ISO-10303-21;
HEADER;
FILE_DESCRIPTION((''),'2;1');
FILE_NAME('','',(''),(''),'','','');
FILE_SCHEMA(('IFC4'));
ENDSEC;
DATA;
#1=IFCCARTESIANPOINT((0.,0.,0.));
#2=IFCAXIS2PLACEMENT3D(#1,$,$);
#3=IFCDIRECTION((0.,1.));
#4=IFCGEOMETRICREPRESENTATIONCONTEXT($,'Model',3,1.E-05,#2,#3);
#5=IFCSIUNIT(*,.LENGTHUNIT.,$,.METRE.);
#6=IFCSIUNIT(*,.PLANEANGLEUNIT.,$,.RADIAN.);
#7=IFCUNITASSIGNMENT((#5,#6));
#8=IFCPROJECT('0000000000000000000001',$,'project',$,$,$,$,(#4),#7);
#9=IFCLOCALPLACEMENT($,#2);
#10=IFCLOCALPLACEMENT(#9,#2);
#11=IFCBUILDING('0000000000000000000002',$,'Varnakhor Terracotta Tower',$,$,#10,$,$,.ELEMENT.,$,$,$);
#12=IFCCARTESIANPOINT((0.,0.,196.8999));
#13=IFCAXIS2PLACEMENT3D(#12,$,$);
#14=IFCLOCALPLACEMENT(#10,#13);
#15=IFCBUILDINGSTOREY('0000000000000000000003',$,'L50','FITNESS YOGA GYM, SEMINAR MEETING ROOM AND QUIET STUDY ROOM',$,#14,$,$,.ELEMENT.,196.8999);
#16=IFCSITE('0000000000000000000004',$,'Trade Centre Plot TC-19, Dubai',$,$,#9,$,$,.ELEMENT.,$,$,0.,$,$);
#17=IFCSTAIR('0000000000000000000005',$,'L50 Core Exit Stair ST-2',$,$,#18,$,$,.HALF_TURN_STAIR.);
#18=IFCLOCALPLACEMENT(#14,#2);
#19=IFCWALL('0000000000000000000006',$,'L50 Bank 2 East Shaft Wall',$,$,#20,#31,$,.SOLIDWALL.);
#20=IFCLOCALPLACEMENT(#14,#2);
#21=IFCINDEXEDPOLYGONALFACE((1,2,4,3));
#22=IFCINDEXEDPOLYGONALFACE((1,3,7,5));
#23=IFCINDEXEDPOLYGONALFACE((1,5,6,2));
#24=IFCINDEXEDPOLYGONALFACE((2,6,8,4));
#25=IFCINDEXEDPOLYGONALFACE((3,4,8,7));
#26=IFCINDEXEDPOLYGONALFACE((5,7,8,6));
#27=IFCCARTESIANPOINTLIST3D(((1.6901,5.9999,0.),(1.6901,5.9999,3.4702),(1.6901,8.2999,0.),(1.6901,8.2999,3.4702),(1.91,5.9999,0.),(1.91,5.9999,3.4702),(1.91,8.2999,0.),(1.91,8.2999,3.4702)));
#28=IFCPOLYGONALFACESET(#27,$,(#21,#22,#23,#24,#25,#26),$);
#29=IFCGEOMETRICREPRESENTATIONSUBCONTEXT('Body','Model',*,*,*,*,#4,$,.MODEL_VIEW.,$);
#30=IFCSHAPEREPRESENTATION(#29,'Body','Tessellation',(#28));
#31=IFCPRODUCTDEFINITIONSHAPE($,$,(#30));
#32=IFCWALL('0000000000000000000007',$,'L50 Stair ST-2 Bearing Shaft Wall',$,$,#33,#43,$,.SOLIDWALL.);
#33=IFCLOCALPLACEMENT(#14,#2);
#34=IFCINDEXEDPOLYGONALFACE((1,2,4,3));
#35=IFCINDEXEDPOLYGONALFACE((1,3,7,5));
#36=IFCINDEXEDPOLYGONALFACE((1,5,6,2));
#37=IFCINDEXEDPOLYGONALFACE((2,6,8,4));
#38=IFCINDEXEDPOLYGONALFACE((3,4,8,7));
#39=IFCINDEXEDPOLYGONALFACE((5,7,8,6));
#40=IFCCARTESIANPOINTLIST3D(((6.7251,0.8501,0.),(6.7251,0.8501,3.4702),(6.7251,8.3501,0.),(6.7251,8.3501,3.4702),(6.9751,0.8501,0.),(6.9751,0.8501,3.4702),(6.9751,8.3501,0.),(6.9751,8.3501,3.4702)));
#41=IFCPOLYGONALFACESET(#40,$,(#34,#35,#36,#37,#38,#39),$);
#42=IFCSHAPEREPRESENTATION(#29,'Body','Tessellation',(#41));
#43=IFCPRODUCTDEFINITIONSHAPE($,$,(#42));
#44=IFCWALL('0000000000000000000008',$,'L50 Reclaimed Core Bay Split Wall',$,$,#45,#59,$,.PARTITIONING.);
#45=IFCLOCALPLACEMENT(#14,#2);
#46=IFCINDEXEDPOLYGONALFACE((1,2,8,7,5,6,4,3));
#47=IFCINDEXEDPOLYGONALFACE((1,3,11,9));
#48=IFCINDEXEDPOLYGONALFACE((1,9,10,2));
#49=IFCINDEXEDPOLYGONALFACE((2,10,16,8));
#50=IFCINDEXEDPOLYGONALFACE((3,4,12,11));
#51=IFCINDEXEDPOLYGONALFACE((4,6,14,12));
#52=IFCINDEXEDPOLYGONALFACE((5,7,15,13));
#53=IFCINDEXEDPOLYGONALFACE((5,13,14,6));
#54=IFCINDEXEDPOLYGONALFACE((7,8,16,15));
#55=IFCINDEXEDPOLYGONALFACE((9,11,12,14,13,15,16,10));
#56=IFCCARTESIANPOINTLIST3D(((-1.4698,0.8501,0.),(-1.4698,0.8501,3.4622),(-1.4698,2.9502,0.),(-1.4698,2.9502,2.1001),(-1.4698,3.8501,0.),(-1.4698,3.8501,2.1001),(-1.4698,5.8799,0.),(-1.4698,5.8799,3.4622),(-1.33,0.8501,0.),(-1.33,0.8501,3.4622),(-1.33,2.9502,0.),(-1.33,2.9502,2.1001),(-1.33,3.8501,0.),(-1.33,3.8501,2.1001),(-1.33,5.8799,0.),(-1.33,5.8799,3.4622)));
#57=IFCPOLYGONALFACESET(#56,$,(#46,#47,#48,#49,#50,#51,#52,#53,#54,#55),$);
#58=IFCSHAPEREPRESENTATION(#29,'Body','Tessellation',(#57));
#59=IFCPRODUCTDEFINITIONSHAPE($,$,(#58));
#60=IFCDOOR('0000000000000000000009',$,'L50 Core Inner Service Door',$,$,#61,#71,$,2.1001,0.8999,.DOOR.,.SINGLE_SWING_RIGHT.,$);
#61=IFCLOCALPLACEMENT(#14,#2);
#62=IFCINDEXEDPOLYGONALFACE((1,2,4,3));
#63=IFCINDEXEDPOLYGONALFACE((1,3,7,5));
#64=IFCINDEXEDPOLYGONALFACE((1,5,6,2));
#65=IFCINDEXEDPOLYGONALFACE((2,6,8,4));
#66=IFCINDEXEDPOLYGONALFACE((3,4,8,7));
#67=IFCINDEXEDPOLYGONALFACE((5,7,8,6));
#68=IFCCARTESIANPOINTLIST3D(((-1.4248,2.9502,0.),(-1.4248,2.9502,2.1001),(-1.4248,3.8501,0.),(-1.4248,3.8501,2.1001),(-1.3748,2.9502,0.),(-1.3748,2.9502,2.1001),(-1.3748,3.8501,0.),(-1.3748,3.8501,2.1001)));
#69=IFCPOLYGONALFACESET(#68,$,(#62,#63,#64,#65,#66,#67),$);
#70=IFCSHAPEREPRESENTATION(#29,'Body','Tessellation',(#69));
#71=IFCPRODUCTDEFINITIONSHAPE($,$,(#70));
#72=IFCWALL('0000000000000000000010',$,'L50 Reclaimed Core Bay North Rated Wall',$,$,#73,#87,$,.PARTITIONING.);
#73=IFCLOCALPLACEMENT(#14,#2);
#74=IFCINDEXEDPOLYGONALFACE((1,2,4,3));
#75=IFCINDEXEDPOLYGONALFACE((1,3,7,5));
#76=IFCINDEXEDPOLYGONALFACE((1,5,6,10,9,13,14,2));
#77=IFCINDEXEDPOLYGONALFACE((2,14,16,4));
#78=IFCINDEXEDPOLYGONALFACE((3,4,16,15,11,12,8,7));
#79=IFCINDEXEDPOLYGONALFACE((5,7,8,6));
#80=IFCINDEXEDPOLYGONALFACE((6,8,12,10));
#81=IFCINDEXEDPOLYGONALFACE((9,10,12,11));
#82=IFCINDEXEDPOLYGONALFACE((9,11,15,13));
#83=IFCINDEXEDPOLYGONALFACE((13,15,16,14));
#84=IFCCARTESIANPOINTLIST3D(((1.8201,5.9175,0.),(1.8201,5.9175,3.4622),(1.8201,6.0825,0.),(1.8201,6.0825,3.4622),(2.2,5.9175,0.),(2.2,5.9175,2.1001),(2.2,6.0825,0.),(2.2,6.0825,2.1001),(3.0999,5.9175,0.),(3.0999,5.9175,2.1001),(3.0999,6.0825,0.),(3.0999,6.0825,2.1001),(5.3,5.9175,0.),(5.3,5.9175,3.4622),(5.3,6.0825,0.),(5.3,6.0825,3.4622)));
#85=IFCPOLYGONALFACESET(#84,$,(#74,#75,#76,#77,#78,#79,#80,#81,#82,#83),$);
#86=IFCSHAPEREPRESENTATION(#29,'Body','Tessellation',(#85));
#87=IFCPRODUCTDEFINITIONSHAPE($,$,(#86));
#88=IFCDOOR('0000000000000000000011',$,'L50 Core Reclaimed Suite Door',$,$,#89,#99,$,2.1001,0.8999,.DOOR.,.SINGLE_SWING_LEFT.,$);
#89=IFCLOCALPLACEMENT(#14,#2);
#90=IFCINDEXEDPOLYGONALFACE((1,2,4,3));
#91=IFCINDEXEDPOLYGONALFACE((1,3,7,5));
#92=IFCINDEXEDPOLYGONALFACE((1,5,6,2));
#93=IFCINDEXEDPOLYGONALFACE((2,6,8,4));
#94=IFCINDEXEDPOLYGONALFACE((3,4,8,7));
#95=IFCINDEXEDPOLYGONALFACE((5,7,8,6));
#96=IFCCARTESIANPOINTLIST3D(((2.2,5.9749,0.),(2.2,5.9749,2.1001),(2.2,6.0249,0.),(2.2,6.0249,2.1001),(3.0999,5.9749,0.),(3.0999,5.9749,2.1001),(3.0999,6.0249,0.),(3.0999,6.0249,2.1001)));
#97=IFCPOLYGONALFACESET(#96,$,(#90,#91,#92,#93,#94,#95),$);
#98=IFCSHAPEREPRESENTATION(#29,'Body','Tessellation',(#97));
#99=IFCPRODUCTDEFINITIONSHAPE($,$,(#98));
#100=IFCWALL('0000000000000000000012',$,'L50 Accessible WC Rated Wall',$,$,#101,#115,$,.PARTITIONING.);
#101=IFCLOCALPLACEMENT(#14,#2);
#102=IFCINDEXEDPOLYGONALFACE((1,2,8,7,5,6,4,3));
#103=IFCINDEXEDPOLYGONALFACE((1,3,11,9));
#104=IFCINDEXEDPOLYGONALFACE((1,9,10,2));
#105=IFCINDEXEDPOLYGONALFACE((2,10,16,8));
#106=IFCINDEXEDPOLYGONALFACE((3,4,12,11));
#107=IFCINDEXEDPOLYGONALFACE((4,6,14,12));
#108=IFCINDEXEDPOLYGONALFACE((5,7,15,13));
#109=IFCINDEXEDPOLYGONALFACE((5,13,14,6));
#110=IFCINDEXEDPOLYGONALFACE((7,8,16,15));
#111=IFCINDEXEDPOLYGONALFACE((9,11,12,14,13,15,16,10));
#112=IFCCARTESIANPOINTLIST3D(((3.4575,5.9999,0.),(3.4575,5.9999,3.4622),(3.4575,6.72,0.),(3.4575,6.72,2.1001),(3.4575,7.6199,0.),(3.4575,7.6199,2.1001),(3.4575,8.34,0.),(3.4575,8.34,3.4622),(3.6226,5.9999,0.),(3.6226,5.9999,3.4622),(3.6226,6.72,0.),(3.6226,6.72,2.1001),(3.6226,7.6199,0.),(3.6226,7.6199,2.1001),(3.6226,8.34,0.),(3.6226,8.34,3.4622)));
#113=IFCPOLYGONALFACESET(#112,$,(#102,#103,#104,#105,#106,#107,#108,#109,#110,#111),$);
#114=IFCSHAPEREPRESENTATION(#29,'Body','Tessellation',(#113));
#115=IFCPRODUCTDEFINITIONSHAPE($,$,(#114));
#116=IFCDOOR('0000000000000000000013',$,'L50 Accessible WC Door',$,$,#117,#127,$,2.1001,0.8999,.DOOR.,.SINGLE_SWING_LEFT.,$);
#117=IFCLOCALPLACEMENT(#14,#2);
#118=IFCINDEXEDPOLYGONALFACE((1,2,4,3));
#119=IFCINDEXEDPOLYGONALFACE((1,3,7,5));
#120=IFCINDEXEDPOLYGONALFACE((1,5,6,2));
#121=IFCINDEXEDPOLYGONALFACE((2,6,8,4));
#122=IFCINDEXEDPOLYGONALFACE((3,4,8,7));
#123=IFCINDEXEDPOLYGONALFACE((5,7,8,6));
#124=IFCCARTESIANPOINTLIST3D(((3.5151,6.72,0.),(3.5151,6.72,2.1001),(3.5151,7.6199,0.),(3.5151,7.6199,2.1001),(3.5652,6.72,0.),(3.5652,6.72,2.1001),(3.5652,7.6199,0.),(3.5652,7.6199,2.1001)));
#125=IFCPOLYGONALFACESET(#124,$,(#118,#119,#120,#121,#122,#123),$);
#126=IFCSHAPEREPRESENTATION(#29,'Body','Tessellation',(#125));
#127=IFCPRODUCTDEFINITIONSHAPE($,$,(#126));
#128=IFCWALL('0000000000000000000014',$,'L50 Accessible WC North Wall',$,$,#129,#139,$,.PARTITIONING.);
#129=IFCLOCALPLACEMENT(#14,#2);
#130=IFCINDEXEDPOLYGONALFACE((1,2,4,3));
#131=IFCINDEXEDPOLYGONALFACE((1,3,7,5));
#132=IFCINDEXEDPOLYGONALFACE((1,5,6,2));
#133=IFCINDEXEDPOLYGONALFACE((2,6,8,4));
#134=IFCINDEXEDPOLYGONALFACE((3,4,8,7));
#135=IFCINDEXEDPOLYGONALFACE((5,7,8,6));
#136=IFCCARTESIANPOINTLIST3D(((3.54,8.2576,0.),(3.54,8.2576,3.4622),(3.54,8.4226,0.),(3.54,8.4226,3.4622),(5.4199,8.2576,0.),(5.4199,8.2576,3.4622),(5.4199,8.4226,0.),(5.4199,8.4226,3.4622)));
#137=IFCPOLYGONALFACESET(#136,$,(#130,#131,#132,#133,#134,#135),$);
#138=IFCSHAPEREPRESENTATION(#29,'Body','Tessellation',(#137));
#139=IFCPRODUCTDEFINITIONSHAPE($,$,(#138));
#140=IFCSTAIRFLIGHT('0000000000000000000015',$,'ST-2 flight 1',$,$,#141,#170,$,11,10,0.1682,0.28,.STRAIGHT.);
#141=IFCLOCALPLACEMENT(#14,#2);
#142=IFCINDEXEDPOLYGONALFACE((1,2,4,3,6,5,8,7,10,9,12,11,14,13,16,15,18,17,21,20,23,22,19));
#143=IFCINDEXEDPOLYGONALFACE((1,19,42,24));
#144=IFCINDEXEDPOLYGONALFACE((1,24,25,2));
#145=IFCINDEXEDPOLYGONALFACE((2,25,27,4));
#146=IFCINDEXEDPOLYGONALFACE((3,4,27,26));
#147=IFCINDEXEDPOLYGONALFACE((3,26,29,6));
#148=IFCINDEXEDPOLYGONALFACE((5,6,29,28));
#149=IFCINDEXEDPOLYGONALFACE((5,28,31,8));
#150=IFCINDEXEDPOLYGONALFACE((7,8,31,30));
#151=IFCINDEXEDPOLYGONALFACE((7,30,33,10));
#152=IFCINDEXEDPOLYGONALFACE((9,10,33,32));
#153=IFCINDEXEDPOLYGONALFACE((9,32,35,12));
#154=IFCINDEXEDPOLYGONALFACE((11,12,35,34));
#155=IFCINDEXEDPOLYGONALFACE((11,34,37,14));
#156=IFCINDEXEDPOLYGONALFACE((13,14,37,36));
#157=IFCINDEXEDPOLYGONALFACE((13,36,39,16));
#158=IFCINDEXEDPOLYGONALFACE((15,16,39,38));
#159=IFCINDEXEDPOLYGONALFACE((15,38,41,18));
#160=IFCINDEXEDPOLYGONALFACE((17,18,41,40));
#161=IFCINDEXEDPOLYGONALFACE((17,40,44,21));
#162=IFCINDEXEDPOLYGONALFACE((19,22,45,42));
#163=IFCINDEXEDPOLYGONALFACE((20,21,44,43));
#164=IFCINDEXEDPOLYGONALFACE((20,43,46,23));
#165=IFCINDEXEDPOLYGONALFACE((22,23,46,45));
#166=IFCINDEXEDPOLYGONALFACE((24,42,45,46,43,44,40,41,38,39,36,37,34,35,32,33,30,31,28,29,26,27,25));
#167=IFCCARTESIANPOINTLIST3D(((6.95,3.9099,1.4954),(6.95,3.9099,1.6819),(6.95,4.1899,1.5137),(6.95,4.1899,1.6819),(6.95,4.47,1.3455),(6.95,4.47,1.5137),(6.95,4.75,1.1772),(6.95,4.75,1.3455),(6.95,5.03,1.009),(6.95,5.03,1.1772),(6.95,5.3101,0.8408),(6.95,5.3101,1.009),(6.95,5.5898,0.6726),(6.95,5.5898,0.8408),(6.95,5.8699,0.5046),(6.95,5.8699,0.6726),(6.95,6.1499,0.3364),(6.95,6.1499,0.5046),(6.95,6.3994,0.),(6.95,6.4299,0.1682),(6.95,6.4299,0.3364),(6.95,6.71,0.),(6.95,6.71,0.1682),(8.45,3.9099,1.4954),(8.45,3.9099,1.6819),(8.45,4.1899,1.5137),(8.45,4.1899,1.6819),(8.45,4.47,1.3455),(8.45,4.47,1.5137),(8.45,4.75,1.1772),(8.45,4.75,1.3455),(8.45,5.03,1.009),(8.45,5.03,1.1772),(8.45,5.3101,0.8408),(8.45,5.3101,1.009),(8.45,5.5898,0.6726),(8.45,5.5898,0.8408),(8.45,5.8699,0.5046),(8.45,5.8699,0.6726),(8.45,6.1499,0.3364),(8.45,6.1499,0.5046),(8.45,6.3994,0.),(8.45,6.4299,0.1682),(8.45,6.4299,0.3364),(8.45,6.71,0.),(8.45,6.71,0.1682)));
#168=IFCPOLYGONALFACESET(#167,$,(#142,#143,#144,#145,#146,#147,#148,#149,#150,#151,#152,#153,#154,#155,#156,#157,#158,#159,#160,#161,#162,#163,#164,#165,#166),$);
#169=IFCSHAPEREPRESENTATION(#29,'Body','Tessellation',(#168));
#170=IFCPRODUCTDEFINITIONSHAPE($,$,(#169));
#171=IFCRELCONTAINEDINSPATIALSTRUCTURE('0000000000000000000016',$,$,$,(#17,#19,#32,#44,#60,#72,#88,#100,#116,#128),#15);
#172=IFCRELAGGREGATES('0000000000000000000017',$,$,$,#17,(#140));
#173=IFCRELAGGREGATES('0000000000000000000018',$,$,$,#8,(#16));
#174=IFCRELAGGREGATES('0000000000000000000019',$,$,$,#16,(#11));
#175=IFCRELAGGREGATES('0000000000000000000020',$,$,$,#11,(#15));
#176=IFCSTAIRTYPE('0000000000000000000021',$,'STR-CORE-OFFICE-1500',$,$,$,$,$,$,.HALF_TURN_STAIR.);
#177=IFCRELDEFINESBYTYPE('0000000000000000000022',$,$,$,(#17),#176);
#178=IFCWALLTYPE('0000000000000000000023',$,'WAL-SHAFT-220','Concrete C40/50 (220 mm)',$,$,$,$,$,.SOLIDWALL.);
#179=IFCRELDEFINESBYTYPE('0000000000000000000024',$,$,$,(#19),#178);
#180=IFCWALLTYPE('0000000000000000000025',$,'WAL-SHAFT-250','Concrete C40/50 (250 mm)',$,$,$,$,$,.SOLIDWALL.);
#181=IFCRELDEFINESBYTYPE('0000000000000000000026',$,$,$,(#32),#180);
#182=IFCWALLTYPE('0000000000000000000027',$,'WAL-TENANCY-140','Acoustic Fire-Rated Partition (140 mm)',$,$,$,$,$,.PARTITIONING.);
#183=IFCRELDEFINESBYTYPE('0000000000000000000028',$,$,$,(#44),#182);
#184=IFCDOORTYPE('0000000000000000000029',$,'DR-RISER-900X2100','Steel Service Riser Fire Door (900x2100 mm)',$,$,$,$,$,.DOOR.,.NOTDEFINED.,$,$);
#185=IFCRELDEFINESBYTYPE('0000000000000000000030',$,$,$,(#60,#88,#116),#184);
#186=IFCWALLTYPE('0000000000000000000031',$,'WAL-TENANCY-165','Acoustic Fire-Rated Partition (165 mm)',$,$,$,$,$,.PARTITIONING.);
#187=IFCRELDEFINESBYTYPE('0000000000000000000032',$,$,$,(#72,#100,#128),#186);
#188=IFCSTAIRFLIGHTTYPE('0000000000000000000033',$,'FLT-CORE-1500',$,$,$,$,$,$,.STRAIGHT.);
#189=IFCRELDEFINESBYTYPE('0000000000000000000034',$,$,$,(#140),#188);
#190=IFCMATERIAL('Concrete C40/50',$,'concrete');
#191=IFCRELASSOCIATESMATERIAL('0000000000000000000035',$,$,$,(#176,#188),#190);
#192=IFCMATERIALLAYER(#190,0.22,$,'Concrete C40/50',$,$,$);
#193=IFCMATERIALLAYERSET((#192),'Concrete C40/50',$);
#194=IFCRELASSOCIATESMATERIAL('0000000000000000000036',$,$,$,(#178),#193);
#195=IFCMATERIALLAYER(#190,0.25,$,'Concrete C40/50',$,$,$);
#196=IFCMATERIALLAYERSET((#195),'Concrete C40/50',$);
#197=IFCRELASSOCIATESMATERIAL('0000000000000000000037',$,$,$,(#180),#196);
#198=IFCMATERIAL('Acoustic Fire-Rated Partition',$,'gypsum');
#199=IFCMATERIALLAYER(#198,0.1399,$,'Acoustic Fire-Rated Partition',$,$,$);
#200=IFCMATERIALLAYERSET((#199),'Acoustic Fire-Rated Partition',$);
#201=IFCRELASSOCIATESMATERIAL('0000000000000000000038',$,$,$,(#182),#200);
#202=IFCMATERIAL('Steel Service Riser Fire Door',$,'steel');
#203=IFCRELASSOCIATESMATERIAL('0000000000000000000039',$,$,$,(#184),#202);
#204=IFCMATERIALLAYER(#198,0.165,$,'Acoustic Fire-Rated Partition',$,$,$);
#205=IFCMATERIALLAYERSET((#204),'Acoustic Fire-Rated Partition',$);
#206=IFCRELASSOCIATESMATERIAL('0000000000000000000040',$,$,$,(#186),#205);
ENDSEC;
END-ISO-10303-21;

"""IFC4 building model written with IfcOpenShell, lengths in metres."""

from ifc_helpers import new_model, si_unit, direction, frame, frame_2d, origin, place, context, subcontext, project, spatial, polyline, rectangle, outline, extrude, source, transform, mapped, material, layer, layer_set, type_object, type_shapes, element, fill, aggregate, save


model = new_model("IFC4")

# Units and contexts
model_context = context("Model", 3, precision=1e-05, world=origin(), true_north=direction((0.0, 1.0)))
body_context = subcontext(model_context, "Body", "Model", "MODEL_VIEW")
ifc_project = project(units=[si_unit("LENGTHUNIT", "METRE"), si_unit("PLANEANGLEUNIT", "RADIAN")], contexts=[model_context])

# Site, building, storey
site_placement = place(None, origin())
site = spatial("IfcSite", under=ifc_project, at=site_placement, Name="Trade Centre Plot TC-19, Dubai", CompositionType="ELEMENT", RefElevation=0.0)
building_placement = place(site_placement, origin())
building = spatial("IfcBuilding", under=site, at=building_placement, Name="Varnakhor Terracotta Tower", CompositionType="ELEMENT")
storey_placement = place(building_placement, frame((0.0, 0.0, 196.8999)))
storey = spatial("IfcBuildingStorey", under=building, at=storey_placement, Name="L50", Description="FITNESS YOGA GYM, SEMINAR MEETING ROOM AND QUIET STUDY ROOM", CompositionType="ELEMENT", Elevation=196.8999)

# Stair
ifc_material_1 = material(Name="Concrete C40/50", Category="concrete")
stair_type = type_object("IfcStairType", Name="STR-CORE-OFFICE-1500", PredefinedType="HALF_TURN_STAIR", material=ifc_material_1)
stair_1_placement = place(storey_placement, origin())
stair_1 = element("IfcStair", 1, at=stair_1_placement, inside=storey, type_object=stair_type, Name="L50 Core Exit Stair ST-2", PredefinedType="HALF_TURN_STAIR")

# Walls
ifc_layer_1 = layer(ifc_material_1, 0.22, Name="Concrete C40/50")
ifc_layer_set_1 = layer_set([ifc_layer_1], Name="Concrete C40/50")
wall_type_1 = type_object("IfcWallType", Name="WAL-SHAFT-220", Description="Concrete C40/50 (220 mm)", PredefinedType="SOLIDWALL", material=ifc_layer_set_1)
wall_1_placement = place(storey_placement, frame((1.8, 6.0, 0.0), z_axis=(0.0, 0.0, 1.0), x_axis=(0.0, 1.0, 0.0)))
element("IfcWall", 2, at=wall_1_placement, inside=storey, type_object=wall_type_1, Name="L50 Bank 2 East Shaft Wall", PredefinedType="SOLIDWALL", context=body_context, shape_type="SweptSolid", body=[
    extrude(rectangle(XDim=2.3, YDim=0.22, at=frame_2d((1.1499, 0.0))), origin(), (0.0, 0.0, 1.0), 3.4702),
])
ifc_layer_2 = layer(ifc_material_1, 0.25, Name="Concrete C40/50")
ifc_layer_set_2 = layer_set([ifc_layer_2], Name="Concrete C40/50")
wall_type_2 = type_object("IfcWallType", Name="WAL-SHAFT-250", Description="Concrete C40/50 (250 mm)", PredefinedType="SOLIDWALL", material=ifc_layer_set_2)
wall_2_placement = place(storey_placement, frame((6.8501, 0.8501, 0.0), z_axis=(0.0, 0.0, 1.0), x_axis=(0.0, 1.0, 0.0)))
element("IfcWall", 3, at=wall_2_placement, inside=storey, type_object=wall_type_2, Name="L50 Stair ST-2 Bearing Shaft Wall", PredefinedType="SOLIDWALL", context=body_context, shape_type="SweptSolid", body=[
    extrude(rectangle(XDim=7.5, YDim=0.25, at=frame_2d((3.75, 0.0))), origin(), (0.0, 0.0, 1.0), 3.4702),
])

# Walls, openings, doors
ifc_material_2 = material(Name="Acoustic Fire-Rated Partition", Category="gypsum")
ifc_layer_3 = layer(ifc_material_2, 0.1399, Name="Acoustic Fire-Rated Partition")
ifc_layer_set_3 = layer_set([ifc_layer_3], Name="Acoustic Fire-Rated Partition")
wall_type_3 = type_object("IfcWallType", Name="WAL-TENANCY-140", Description="Acoustic Fire-Rated Partition (140 mm)", PredefinedType="PARTITIONING", material=ifc_layer_set_3)
wall_3_placement = place(storey_placement, frame((-1.3999, 0.8501, 0.0), z_axis=(0.0, 0.0, 1.0), x_axis=(0.0, 1.0, 0.0)))
wall_3 = element("IfcWall", 4, at=wall_3_placement, inside=storey, type_object=wall_type_3, Name="L50 Reclaimed Core Bay Split Wall", PredefinedType="PARTITIONING", context=body_context, shape_type="SweptSolid", body=[
    extrude(rectangle(XDim=5.0298, YDim=0.1399, at=frame_2d((2.5149, 0.0))), origin(), (0.0, 0.0, 1.0), 3.4622),
])
opening_1_placement = place(wall_3_placement, frame((2.1001, 0.0, 0.0)))
opening_1 = element("IfcOpeningElement", 5, at=opening_1_placement, cuts=wall_3, PredefinedType="OPENING", context=body_context, shape_type="SweptSolid", body=[
    extrude(rectangle(XDim=0.8999, YDim=2.1001, at=frame_2d((0.45, 1.05))), frame((0.0, 0.0801, 0.0), z_axis=(0.0, -1.0, 0.0), x_axis=(1.0, 0.0, 0.0)), (0.0, 0.0, 1.0), 0.1599),
])
ifc_material_3 = material(Name="Steel Service Riser Fire Door", Category="steel")
door_type_1 = type_object("IfcDoorType", Name="DR-RISER-900X2100", Description="Steel Service Riser Fire Door (900x2100 mm)", OperationType="NOTDEFINED", PredefinedType="DOOR", material=ifc_material_3)
shared_shape_1 = source(origin(), body_context, "Body", "SweptSolid", [
    extrude(rectangle(XDim=0.8999, YDim=2.1001, at=frame_2d((0.45, 1.05))), frame((0.0, 0.0249, 0.0), z_axis=(0.0, -1.0, 0.0), x_axis=(1.0, 0.0, 0.0)), (0.0, 0.0, 1.0), 0.05),
])
type_shapes(door_type_1, [shared_shape_1])
door_1_placement = place(opening_1_placement, origin())
door_1 = element("IfcDoor", 6, at=door_1_placement, inside=storey, type_object=door_type_1, Name="L50 Core Inner Service Door", OperationType="SINGLE_SWING_RIGHT", OverallHeight=2.1001, OverallWidth=0.8999, PredefinedType="DOOR", context=body_context, shape_type="MappedRepresentation", body=[
    mapped(shared_shape_1, transform((0.0, 0.0, 0.0), scale=1.0)),
])
fill(opening_1, door_1)
ifc_layer_4 = layer(ifc_material_2, 0.165, Name="Acoustic Fire-Rated Partition")
ifc_layer_set_4 = layer_set([ifc_layer_4], Name="Acoustic Fire-Rated Partition")
wall_type_4 = type_object("IfcWallType", Name="WAL-TENANCY-165", Description="Acoustic Fire-Rated Partition (165 mm)", PredefinedType="PARTITIONING", material=ifc_layer_set_4)
wall_4_placement = place(storey_placement, frame((1.8201, 6.0, 0.0), z_axis=(0.0, 0.0, 1.0), x_axis=(1.0, 0.0, 0.0)))
wall_4 = element("IfcWall", 7, at=wall_4_placement, inside=storey, type_object=wall_type_4, Name="L50 Reclaimed Core Bay North Rated Wall", PredefinedType="PARTITIONING", context=body_context, shape_type="SweptSolid", body=[
    extrude(rectangle(XDim=3.48, YDim=0.165, at=frame_2d((1.74, 0.0))), origin(), (0.0, 0.0, 1.0), 3.4622),
])
opening_2_placement = place(wall_4_placement, frame((0.3799, 0.0, 0.0)))
opening_2 = element("IfcOpeningElement", 8, at=opening_2_placement, cuts=wall_4, PredefinedType="OPENING", context=body_context, shape_type="SweptSolid", body=[
    extrude(rectangle(XDim=0.8999, YDim=2.1001, at=frame_2d((0.45, 1.05))), frame((0.0, 0.0925, 0.0), z_axis=(0.0, -1.0, 0.0), x_axis=(1.0, 0.0, 0.0)), (0.0, 0.0, 1.0), 0.1851),
])
door_2_placement = place(opening_2_placement, origin())
door_2 = element("IfcDoor", 9, at=door_2_placement, inside=storey, type_object=door_type_1, Name="L50 Core Reclaimed Suite Door", OperationType="SINGLE_SWING_LEFT", OverallHeight=2.1001, OverallWidth=0.8999, PredefinedType="DOOR", context=body_context, shape_type="MappedRepresentation", body=[
    mapped(shared_shape_1, transform((0.0, 0.0, 0.0), scale=1.0)),
])
fill(opening_2, door_2)
wall_5_placement = place(storey_placement, frame((3.54, 6.0, 0.0), z_axis=(0.0, 0.0, 1.0), x_axis=(0.0, 1.0, 0.0)))
wall_5 = element("IfcWall", 10, at=wall_5_placement, inside=storey, type_object=wall_type_4, Name="L50 Accessible WC Rated Wall", PredefinedType="PARTITIONING", context=body_context, shape_type="SweptSolid", body=[
    extrude(rectangle(XDim=2.3401, YDim=0.165, at=frame_2d((1.1699, 0.0))), origin(), (0.0, 0.0, 1.0), 3.4622),
])
opening_3_placement = place(wall_5_placement, frame((0.72, 0.0, 0.0)))
opening_3 = element("IfcOpeningElement", 11, at=opening_3_placement, cuts=wall_5, PredefinedType="OPENING", context=body_context, shape_type="SweptSolid", body=[
    extrude(rectangle(XDim=0.8999, YDim=2.1001, at=frame_2d((0.45, 1.05))), frame((0.0, 0.0925, 0.0), z_axis=(0.0, -1.0, 0.0), x_axis=(1.0, 0.0, 0.0)), (0.0, 0.0, 1.0), 0.1851),
])
door_3_placement = place(opening_3_placement, origin())
door_3 = element("IfcDoor", 12, at=door_3_placement, inside=storey, type_object=door_type_1, Name="L50 Accessible WC Door", OperationType="SINGLE_SWING_LEFT", OverallHeight=2.1001, OverallWidth=0.8999, PredefinedType="DOOR", context=body_context, shape_type="MappedRepresentation", body=[
    mapped(shared_shape_1, transform((0.0, 0.0, 0.0), scale=1.0)),
])
fill(opening_3, door_3)

# Wall
wall_6_placement = place(storey_placement, frame((3.54, 8.3401, 0.0), z_axis=(0.0, 0.0, 1.0), x_axis=(1.0, 0.0, 0.0)))
element("IfcWall", 13, at=wall_6_placement, inside=storey, type_object=wall_type_4, Name="L50 Accessible WC North Wall", PredefinedType="PARTITIONING", context=body_context, shape_type="SweptSolid", body=[
    extrude(rectangle(XDim=1.8799, YDim=0.165, at=frame_2d((0.9399, 0.0))), origin(), (0.0, 0.0, 1.0), 3.4622),
])

# Stair flight
stair_flight_type = type_object("IfcStairFlightType", Name="FLT-CORE-1500", PredefinedType="STRAIGHT", material=ifc_material_1)
stair_flight_1_placement = place(storey_placement, frame((7.7, 6.71, 0.0), z_axis=(0.0, 0.0, 1.0), x_axis=(0.0, -1.0, 0.0)))
stair_flight_1 = element("IfcStairFlight", 14, at=stair_flight_1_placement, type_object=stair_flight_type, Name="ST-2 flight 1", NumberOfRisers=11, NumberOfTreads=10, PredefinedType="STRAIGHT", RiserHeight=0.1682, TreadLength=0.28, context=body_context, shape_type="SweptSolid", body=[
    extrude(outline(polyline([(0.0, 0.0), (0.0, 0.1682), (0.28, 0.1682), (0.28, 0.3364), (0.5601, 0.3364), (0.5601, 0.5046), (0.8401, 0.5046), (0.8401, 0.6726), (1.1201, 0.6726), (1.1201, 0.8408), (1.3999, 0.8408), (1.3999, 1.009), (1.6799, 1.009), (1.6799, 1.1772), (1.96, 1.1772), (1.96, 1.3455), (2.24, 1.3455), (2.24, 1.5137), (2.52, 1.5137), (2.52, 1.6819), (2.8, 1.6819), (2.8, 1.8501), (2.8, 1.4954), (0.3105, 0.0), (0.0, 0.0)])), frame((0.0, 0.75, 0.0), z_axis=(0.0, -1.0, 0.0), x_axis=(1.0, 0.0, 0.0)), (0.0, 0.0, 1.0), 1.5),
])
aggregate(stair_1, [stair_flight_1])

save(model, "model.ifc")
